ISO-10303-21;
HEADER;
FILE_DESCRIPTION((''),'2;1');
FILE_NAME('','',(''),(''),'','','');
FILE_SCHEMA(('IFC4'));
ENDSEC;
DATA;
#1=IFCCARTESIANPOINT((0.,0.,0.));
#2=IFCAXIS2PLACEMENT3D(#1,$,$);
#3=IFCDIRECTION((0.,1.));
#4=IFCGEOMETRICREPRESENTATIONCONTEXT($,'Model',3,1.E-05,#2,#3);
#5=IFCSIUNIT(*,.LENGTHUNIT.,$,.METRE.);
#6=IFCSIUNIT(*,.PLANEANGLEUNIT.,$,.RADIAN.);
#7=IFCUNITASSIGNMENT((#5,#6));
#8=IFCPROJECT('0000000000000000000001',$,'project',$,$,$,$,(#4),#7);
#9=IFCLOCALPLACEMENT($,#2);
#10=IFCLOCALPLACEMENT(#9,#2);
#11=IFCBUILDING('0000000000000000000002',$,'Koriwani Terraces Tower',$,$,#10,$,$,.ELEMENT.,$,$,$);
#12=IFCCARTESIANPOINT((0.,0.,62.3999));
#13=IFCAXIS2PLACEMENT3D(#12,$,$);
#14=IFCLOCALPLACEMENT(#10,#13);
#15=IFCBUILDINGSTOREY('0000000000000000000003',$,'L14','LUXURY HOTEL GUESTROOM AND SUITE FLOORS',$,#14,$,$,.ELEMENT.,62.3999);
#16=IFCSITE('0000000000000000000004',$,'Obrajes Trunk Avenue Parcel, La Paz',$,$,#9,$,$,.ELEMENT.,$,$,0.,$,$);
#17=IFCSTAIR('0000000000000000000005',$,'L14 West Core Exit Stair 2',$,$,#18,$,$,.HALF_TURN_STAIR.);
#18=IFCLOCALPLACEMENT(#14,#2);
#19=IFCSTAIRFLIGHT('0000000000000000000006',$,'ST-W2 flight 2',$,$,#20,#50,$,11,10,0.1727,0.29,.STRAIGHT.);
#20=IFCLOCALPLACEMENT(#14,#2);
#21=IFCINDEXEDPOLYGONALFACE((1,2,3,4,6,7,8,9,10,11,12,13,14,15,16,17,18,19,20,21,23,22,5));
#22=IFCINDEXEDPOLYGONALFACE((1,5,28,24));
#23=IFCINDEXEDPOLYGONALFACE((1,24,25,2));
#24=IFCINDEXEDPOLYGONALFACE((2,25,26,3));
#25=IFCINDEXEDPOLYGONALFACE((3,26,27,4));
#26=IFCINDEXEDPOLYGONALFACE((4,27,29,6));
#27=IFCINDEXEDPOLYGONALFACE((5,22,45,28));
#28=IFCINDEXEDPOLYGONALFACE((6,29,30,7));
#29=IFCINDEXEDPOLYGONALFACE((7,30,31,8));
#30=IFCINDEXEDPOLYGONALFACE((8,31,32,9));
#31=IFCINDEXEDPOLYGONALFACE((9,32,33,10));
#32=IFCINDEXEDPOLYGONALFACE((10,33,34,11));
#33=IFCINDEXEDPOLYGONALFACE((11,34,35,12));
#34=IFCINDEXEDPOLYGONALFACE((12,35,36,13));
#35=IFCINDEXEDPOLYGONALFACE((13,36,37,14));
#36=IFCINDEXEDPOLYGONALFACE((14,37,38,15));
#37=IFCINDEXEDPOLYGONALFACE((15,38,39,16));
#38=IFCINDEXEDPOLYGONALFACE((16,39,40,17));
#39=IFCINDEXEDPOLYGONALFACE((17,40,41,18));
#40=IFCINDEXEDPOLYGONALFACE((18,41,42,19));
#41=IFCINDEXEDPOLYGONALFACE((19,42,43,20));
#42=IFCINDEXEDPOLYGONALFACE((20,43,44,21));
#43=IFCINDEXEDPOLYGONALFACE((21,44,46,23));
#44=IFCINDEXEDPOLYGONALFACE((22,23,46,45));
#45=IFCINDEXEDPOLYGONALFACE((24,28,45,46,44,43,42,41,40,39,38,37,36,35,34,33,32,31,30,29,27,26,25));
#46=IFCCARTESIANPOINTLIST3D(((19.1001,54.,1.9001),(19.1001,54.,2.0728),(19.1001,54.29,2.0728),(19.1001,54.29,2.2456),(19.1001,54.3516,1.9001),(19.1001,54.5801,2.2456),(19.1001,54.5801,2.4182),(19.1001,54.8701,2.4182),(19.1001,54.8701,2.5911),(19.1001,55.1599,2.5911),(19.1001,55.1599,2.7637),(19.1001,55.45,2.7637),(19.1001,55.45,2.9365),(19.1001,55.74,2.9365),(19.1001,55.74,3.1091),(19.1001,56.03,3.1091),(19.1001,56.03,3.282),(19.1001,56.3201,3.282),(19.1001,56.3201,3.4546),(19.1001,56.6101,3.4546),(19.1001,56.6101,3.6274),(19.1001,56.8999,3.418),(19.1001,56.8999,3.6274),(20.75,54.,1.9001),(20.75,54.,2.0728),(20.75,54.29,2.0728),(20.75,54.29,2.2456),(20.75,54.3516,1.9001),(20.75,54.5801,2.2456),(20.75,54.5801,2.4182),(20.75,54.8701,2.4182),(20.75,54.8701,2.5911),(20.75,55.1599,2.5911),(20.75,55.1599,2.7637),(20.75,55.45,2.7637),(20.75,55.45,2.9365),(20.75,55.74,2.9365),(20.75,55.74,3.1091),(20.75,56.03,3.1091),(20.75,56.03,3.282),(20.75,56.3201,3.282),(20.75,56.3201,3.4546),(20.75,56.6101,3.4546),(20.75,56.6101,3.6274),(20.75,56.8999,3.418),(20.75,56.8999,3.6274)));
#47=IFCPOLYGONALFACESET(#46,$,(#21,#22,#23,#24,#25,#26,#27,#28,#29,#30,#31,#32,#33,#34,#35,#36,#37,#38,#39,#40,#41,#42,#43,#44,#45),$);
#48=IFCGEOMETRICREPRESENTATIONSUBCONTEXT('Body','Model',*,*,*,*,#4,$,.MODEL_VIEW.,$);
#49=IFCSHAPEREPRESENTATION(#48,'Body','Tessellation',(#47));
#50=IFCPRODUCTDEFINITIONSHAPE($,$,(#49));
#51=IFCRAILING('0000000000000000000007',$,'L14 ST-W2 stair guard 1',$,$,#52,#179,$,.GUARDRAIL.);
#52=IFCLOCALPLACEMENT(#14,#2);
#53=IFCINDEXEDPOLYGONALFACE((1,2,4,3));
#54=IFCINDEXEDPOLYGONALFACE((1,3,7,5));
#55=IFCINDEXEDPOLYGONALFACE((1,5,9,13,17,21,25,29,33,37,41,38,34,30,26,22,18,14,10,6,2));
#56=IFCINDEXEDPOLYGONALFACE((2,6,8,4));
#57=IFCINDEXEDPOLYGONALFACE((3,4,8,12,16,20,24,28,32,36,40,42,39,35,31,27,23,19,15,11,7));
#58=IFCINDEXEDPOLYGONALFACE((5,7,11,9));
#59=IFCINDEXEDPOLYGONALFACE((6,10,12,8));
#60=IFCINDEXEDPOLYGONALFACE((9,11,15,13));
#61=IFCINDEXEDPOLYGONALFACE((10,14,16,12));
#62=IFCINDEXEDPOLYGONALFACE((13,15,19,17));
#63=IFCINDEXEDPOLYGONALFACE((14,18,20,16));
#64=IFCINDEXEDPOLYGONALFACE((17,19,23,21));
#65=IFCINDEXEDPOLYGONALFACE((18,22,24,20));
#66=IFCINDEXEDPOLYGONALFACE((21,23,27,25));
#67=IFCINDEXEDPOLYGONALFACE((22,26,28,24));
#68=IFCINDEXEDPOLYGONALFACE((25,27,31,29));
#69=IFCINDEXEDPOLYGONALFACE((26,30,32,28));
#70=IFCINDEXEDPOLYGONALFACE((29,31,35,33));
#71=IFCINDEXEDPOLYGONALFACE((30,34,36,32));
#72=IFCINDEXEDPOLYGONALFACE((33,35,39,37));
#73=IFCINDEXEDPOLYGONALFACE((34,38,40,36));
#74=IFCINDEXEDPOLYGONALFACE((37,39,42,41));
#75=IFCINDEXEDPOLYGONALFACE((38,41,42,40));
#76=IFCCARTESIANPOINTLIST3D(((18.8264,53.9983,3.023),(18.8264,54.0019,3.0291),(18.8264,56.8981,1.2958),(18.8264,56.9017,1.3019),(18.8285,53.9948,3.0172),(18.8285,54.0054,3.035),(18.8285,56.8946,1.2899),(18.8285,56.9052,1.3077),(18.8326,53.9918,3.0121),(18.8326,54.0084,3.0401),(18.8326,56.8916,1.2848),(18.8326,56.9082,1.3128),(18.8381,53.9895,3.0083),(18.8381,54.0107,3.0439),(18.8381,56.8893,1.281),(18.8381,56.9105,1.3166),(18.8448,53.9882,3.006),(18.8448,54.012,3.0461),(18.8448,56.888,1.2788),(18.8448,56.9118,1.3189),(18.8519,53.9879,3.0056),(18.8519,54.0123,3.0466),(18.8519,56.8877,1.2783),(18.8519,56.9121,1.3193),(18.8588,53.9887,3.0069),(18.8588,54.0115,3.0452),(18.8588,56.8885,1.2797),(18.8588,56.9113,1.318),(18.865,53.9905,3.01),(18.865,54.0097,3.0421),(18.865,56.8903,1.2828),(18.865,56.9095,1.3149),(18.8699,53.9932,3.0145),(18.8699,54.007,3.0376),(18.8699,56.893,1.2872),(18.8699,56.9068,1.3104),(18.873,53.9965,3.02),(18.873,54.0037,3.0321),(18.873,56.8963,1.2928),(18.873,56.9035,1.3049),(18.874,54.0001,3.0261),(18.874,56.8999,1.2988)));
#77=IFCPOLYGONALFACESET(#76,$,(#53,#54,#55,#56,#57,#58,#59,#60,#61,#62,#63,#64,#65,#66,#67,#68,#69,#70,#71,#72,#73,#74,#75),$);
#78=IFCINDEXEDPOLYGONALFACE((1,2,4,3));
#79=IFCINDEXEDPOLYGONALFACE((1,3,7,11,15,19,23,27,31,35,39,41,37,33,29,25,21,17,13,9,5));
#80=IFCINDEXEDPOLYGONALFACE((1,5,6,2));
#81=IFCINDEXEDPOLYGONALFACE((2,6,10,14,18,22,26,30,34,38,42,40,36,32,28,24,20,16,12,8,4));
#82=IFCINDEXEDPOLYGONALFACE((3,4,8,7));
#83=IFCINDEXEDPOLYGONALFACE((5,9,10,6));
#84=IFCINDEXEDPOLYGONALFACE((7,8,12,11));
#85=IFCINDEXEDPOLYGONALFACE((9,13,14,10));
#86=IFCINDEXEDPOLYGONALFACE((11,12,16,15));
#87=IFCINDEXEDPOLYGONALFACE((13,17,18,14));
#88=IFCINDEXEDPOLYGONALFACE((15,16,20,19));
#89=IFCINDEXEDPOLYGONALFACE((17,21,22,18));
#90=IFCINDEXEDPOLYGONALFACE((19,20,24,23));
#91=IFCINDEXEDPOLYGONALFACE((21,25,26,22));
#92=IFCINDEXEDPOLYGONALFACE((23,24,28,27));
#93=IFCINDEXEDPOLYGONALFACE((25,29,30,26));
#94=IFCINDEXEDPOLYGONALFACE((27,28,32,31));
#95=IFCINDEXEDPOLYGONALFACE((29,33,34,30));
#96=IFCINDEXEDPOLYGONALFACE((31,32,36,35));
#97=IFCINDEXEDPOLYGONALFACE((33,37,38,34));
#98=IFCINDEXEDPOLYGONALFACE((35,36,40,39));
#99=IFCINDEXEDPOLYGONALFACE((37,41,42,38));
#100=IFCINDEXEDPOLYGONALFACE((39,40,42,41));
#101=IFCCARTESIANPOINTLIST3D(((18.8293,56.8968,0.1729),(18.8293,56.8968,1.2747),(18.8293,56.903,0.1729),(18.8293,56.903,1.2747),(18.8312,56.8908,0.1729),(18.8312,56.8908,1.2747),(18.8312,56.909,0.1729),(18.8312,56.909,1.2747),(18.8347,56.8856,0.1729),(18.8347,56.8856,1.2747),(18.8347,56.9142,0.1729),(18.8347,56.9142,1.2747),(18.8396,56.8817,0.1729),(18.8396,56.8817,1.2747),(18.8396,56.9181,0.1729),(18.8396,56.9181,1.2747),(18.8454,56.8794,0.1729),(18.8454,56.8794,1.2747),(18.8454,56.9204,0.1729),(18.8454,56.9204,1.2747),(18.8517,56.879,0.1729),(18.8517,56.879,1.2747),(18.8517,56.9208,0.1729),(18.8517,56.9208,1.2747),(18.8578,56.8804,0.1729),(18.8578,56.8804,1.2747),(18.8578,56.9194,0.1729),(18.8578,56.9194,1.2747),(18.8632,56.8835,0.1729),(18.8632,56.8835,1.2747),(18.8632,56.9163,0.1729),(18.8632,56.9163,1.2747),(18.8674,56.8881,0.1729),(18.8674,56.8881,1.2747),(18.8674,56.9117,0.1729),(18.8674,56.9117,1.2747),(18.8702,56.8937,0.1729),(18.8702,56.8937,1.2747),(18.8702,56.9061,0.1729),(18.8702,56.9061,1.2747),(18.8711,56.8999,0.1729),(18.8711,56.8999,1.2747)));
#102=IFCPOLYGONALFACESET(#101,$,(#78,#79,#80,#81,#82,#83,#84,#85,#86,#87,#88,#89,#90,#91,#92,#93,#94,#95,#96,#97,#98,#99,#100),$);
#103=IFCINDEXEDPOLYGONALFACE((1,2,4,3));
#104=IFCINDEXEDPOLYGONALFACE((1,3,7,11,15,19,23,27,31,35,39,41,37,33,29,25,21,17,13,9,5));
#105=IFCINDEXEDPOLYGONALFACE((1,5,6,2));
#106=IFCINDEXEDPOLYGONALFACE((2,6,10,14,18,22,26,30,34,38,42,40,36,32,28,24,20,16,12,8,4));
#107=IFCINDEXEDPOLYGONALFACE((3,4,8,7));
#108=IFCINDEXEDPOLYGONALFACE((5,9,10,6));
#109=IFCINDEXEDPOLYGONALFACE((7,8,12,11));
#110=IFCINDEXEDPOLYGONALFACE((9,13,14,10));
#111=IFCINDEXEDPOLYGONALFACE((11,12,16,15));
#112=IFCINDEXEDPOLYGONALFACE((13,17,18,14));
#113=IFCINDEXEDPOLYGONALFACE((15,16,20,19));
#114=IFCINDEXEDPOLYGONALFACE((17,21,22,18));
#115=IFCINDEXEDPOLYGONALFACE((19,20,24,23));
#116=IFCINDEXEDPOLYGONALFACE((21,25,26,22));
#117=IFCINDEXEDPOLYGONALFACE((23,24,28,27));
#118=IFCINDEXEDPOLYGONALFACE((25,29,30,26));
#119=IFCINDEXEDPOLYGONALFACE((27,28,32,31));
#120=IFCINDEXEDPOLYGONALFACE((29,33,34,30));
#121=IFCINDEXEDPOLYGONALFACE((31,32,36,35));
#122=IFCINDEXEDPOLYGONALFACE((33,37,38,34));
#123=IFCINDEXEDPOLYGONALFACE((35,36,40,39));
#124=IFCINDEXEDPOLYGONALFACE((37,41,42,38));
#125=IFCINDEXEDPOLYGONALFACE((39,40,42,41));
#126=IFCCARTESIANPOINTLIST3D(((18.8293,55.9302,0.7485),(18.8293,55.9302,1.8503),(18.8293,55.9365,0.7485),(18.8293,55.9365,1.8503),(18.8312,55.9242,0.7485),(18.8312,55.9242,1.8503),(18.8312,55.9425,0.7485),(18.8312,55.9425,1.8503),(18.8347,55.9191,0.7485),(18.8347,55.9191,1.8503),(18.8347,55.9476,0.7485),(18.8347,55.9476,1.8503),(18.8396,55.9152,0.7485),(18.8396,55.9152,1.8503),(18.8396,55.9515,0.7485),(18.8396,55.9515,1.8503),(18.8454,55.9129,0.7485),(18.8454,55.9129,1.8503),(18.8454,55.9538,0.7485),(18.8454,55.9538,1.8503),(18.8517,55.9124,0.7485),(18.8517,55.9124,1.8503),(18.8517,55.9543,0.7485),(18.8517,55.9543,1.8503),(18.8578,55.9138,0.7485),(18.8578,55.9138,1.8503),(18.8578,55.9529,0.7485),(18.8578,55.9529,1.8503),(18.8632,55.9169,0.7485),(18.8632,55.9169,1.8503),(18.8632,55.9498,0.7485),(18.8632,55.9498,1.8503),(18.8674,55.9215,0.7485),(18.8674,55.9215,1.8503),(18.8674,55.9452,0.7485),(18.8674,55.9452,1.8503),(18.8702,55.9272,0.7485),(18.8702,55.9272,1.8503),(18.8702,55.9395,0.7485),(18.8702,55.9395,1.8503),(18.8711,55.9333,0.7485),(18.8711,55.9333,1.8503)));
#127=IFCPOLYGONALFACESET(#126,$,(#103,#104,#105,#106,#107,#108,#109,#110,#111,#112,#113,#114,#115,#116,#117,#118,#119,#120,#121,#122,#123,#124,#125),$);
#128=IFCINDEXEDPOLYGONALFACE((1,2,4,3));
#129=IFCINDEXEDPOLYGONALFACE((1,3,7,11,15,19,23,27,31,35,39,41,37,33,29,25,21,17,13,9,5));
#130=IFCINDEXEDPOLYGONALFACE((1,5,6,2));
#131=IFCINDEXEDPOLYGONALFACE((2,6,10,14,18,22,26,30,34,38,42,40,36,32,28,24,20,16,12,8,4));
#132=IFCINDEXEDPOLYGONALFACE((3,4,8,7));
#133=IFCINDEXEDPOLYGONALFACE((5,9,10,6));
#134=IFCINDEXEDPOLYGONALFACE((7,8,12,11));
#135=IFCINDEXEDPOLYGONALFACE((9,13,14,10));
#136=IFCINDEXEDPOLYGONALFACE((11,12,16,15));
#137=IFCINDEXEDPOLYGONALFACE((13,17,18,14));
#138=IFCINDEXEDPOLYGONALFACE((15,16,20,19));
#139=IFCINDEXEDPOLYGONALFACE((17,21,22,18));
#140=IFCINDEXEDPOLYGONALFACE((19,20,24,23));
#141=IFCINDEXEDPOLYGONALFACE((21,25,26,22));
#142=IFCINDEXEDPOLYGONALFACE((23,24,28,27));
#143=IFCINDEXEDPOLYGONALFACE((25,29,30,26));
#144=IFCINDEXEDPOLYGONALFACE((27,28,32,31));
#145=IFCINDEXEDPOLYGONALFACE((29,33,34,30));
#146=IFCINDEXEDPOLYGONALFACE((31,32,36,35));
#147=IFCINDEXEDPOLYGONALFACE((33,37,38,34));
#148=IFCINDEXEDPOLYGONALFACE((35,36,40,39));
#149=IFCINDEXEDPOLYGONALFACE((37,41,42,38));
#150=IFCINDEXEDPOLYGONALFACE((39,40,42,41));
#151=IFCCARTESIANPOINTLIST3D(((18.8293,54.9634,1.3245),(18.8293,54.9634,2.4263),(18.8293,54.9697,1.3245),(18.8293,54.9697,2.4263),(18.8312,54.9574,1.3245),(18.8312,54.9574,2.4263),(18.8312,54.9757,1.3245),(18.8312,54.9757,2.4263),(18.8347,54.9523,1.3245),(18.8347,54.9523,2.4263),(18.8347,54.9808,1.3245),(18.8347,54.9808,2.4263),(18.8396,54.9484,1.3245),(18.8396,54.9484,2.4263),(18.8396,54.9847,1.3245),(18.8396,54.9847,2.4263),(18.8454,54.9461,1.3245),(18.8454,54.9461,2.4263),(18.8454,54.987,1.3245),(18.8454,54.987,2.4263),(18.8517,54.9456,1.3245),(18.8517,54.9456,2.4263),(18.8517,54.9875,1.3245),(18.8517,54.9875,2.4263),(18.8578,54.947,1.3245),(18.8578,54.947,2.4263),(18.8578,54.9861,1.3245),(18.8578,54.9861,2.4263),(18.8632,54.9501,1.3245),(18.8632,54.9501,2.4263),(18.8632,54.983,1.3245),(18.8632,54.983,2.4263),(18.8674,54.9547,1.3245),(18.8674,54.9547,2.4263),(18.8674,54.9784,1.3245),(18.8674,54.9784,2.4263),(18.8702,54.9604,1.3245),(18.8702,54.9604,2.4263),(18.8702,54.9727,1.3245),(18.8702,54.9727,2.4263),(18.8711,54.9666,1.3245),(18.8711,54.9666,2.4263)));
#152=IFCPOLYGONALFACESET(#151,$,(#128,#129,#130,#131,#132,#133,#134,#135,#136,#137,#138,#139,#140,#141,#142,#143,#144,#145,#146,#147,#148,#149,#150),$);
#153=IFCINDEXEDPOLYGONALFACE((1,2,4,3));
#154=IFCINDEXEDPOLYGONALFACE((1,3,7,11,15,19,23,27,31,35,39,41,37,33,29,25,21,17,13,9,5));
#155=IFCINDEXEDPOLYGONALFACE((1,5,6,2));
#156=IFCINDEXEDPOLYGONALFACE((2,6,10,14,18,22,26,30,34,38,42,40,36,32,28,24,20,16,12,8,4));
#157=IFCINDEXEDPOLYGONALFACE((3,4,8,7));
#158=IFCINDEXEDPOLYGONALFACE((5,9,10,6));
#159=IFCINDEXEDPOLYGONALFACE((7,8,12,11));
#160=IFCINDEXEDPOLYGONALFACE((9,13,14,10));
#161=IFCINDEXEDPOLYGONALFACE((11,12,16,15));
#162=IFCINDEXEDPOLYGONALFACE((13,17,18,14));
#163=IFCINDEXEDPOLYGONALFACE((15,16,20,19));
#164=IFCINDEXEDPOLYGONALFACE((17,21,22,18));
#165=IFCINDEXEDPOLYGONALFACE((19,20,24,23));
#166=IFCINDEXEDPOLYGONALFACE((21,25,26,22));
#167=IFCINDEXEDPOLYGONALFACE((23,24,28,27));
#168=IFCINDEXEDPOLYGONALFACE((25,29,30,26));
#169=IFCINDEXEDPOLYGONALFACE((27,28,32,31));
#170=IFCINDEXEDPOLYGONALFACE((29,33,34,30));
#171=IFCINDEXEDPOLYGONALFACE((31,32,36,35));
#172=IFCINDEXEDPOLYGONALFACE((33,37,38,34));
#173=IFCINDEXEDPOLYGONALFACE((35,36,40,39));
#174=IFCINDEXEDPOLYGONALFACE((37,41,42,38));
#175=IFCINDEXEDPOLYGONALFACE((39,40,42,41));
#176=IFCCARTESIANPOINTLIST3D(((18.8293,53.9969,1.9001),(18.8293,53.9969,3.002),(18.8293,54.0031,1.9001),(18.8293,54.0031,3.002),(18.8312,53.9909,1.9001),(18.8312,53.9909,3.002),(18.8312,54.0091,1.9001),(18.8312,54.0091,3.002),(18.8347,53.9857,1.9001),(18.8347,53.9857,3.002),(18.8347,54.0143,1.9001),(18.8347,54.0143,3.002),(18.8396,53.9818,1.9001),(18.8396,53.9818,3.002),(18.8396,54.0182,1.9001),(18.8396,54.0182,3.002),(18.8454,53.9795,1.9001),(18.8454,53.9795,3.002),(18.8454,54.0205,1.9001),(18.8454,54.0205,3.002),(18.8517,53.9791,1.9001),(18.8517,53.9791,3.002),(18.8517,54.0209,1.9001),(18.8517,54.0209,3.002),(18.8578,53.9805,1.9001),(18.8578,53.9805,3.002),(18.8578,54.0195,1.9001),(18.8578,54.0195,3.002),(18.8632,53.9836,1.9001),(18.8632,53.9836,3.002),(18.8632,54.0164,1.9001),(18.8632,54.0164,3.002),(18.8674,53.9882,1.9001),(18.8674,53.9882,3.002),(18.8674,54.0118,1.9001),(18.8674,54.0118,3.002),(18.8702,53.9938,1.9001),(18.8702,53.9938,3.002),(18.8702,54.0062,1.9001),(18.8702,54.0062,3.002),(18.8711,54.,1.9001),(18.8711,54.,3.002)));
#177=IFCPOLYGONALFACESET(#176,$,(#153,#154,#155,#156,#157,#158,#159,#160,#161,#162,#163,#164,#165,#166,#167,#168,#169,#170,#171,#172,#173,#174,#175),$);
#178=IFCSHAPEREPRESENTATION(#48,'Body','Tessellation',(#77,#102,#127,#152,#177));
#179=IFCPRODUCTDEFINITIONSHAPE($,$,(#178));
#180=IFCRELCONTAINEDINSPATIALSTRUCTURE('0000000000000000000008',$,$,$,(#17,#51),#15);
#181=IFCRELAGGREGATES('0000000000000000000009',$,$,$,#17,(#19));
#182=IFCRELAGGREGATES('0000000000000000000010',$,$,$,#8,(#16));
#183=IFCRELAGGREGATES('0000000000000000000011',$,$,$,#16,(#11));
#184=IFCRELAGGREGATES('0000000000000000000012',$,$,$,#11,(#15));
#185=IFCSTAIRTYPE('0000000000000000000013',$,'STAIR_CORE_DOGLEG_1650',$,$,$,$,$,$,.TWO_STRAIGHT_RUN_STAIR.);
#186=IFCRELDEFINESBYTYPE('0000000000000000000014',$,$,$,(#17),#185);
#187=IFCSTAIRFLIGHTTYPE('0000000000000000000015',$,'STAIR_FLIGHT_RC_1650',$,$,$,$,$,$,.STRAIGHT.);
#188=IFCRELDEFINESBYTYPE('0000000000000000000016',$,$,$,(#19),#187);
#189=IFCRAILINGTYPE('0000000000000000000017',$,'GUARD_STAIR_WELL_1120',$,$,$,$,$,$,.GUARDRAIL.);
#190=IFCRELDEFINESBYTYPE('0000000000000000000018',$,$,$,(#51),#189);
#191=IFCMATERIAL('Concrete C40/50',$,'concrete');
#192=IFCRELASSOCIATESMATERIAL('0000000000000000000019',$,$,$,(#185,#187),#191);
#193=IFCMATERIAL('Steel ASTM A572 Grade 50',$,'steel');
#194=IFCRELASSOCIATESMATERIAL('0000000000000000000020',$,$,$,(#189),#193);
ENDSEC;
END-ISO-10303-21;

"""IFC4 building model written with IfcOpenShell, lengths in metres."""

from ifc_helpers import new_model, si_unit, direction, frame, origin, origin_2d, place, context, subcontext, project, spatial, polyline, circle, outline, extrude, material, type_object, element, aggregate, save


model = new_model("IFC4")

# Units and contexts
model_context = context("Model", 3, precision=1e-05, world=origin(), true_north=direction((0.0, 1.0)))
body_context = subcontext(model_context, "Body", "Model", "MODEL_VIEW")
ifc_project = project(units=[si_unit("LENGTHUNIT", "METRE"), si_unit("PLANEANGLEUNIT", "RADIAN")], contexts=[model_context])

# Site, building, storey
site_placement = place(None, origin())
site = spatial("IfcSite", under=ifc_project, at=site_placement, Name="Obrajes Trunk Avenue Parcel, La Paz", CompositionType="ELEMENT", RefElevation=0.0)
building_placement = place(site_placement, origin())
building = spatial("IfcBuilding", under=site, at=building_placement, Name="Koriwani Terraces Tower", CompositionType="ELEMENT")
storey_placement = place(building_placement, frame((0.0, 0.0, 62.3999)))
storey = spatial("IfcBuildingStorey", under=building, at=storey_placement, Name="L14", Description="LUXURY HOTEL GUESTROOM AND SUITE FLOORS", CompositionType="ELEMENT", Elevation=62.3999)

# Shared definitions
ifc_material_1 = material(Name="Steel ASTM A572 Grade 50", Category="steel")

# Shared definitions
ifc_material_2 = material(Name="Concrete C40/50", Category="concrete")

# Stair, stair flight
stair_type = type_object("IfcStairType", Name="STAIR_CORE_DOGLEG_1650", PredefinedType="TWO_STRAIGHT_RUN_STAIR", material=ifc_material_2)
stair_placement = place(storey_placement, origin())
stair = element("IfcStair", 1, at=stair_placement, inside=storey, type_object=stair_type, Name="L14 West Core Exit Stair 2", PredefinedType="HALF_TURN_STAIR")
stair_flight_type = type_object("IfcStairFlightType", Name="STAIR_FLIGHT_RC_1650", PredefinedType="STRAIGHT", material=ifc_material_2)
stair_flight_1_placement = place(storey_placement, frame((19.925, 54.0, 1.9001), z_axis=(0.0, 0.0, 1.0), x_axis=(0.0, 1.0, 0.0)))
stair_flight_1 = element("IfcStairFlight", 2, at=stair_flight_1_placement, type_object=stair_flight_type, Name="ST-W2 flight 2", NumberOfRisers=11, NumberOfTreads=10, PredefinedType="STRAIGHT", RiserHeight=0.1727, TreadLength=0.29, context=body_context, shape_type="SweptSolid", body=[
    extrude(outline(polyline([(0.0, 0.0), (0.0, 0.1726), (0.29, 0.1726), (0.29, 0.3455), (0.5801, 0.3455), (0.5801, 0.5181), (0.8701, 0.5181), (0.8701, 0.6909), (1.1599, 0.6909), (1.1599, 0.8635), (1.45, 0.8635), (1.45, 1.0364), (1.74, 1.0364), (1.74, 1.209), (2.03, 1.209), (2.03, 1.3818), (2.3201, 1.3818), (2.3201, 1.5544), (2.6101, 1.5544), (2.6101, 1.7273), (2.8999, 1.7273), (2.8999, 1.8999), (2.8999, 1.5178), (0.3516, 0.0), (0.0, 0.0)])), frame((0.0, 0.825, 0.0), z_axis=(0.0, -1.0, 0.0), x_axis=(1.0, 0.0, 0.0)), (0.0, 0.0, 1.0), 1.6499),
])
aggregate(stair, [stair_flight_1])

# Railing
railing_type_1 = type_object("IfcRailingType", Name="GUARD_STAIR_WELL_1120", PredefinedType="GUARDRAIL", material=ifc_material_1)
railing_1_placement = place(storey_placement, frame((18.8501, 56.8999, 0.1729)))
element("IfcRailing", 3, at=railing_1_placement, inside=storey, type_object=railing_type_1, Name="L14 ST-W2 stair guard 1", PredefinedType="GUARDRAIL", context=body_context, shape_type="SweptSolid", body=[
    extrude(circle(Radius=0.0239, at=origin_2d()), frame((0.0, 0.0, 1.126), z_axis=(0.0, -0.859141, 0.511738), x_axis=(1.0, 0.0, 0.0)), (0.0, 0.0, 1.0), 3.3752),
    extrude(circle(Radius=0.021, at=origin_2d()), origin(), (0.0, 0.0, 1.0), 1.1018),
    extrude(circle(Radius=0.021, at=origin_2d()), frame((0.0, -0.9666, 0.5757)), (0.0, 0.0, 1.0), 1.1018),
    extrude(circle(Radius=0.021, at=origin_2d()), frame((0.0, -1.9333, 1.1516)), (0.0, 0.0, 1.0), 1.1018),
    extrude(circle(Radius=0.021, at=origin_2d()), frame((0.0, -2.8999, 1.7273)), (0.0, 0.0, 1.0), 1.1018),
])

save(model, "model.ifc")
